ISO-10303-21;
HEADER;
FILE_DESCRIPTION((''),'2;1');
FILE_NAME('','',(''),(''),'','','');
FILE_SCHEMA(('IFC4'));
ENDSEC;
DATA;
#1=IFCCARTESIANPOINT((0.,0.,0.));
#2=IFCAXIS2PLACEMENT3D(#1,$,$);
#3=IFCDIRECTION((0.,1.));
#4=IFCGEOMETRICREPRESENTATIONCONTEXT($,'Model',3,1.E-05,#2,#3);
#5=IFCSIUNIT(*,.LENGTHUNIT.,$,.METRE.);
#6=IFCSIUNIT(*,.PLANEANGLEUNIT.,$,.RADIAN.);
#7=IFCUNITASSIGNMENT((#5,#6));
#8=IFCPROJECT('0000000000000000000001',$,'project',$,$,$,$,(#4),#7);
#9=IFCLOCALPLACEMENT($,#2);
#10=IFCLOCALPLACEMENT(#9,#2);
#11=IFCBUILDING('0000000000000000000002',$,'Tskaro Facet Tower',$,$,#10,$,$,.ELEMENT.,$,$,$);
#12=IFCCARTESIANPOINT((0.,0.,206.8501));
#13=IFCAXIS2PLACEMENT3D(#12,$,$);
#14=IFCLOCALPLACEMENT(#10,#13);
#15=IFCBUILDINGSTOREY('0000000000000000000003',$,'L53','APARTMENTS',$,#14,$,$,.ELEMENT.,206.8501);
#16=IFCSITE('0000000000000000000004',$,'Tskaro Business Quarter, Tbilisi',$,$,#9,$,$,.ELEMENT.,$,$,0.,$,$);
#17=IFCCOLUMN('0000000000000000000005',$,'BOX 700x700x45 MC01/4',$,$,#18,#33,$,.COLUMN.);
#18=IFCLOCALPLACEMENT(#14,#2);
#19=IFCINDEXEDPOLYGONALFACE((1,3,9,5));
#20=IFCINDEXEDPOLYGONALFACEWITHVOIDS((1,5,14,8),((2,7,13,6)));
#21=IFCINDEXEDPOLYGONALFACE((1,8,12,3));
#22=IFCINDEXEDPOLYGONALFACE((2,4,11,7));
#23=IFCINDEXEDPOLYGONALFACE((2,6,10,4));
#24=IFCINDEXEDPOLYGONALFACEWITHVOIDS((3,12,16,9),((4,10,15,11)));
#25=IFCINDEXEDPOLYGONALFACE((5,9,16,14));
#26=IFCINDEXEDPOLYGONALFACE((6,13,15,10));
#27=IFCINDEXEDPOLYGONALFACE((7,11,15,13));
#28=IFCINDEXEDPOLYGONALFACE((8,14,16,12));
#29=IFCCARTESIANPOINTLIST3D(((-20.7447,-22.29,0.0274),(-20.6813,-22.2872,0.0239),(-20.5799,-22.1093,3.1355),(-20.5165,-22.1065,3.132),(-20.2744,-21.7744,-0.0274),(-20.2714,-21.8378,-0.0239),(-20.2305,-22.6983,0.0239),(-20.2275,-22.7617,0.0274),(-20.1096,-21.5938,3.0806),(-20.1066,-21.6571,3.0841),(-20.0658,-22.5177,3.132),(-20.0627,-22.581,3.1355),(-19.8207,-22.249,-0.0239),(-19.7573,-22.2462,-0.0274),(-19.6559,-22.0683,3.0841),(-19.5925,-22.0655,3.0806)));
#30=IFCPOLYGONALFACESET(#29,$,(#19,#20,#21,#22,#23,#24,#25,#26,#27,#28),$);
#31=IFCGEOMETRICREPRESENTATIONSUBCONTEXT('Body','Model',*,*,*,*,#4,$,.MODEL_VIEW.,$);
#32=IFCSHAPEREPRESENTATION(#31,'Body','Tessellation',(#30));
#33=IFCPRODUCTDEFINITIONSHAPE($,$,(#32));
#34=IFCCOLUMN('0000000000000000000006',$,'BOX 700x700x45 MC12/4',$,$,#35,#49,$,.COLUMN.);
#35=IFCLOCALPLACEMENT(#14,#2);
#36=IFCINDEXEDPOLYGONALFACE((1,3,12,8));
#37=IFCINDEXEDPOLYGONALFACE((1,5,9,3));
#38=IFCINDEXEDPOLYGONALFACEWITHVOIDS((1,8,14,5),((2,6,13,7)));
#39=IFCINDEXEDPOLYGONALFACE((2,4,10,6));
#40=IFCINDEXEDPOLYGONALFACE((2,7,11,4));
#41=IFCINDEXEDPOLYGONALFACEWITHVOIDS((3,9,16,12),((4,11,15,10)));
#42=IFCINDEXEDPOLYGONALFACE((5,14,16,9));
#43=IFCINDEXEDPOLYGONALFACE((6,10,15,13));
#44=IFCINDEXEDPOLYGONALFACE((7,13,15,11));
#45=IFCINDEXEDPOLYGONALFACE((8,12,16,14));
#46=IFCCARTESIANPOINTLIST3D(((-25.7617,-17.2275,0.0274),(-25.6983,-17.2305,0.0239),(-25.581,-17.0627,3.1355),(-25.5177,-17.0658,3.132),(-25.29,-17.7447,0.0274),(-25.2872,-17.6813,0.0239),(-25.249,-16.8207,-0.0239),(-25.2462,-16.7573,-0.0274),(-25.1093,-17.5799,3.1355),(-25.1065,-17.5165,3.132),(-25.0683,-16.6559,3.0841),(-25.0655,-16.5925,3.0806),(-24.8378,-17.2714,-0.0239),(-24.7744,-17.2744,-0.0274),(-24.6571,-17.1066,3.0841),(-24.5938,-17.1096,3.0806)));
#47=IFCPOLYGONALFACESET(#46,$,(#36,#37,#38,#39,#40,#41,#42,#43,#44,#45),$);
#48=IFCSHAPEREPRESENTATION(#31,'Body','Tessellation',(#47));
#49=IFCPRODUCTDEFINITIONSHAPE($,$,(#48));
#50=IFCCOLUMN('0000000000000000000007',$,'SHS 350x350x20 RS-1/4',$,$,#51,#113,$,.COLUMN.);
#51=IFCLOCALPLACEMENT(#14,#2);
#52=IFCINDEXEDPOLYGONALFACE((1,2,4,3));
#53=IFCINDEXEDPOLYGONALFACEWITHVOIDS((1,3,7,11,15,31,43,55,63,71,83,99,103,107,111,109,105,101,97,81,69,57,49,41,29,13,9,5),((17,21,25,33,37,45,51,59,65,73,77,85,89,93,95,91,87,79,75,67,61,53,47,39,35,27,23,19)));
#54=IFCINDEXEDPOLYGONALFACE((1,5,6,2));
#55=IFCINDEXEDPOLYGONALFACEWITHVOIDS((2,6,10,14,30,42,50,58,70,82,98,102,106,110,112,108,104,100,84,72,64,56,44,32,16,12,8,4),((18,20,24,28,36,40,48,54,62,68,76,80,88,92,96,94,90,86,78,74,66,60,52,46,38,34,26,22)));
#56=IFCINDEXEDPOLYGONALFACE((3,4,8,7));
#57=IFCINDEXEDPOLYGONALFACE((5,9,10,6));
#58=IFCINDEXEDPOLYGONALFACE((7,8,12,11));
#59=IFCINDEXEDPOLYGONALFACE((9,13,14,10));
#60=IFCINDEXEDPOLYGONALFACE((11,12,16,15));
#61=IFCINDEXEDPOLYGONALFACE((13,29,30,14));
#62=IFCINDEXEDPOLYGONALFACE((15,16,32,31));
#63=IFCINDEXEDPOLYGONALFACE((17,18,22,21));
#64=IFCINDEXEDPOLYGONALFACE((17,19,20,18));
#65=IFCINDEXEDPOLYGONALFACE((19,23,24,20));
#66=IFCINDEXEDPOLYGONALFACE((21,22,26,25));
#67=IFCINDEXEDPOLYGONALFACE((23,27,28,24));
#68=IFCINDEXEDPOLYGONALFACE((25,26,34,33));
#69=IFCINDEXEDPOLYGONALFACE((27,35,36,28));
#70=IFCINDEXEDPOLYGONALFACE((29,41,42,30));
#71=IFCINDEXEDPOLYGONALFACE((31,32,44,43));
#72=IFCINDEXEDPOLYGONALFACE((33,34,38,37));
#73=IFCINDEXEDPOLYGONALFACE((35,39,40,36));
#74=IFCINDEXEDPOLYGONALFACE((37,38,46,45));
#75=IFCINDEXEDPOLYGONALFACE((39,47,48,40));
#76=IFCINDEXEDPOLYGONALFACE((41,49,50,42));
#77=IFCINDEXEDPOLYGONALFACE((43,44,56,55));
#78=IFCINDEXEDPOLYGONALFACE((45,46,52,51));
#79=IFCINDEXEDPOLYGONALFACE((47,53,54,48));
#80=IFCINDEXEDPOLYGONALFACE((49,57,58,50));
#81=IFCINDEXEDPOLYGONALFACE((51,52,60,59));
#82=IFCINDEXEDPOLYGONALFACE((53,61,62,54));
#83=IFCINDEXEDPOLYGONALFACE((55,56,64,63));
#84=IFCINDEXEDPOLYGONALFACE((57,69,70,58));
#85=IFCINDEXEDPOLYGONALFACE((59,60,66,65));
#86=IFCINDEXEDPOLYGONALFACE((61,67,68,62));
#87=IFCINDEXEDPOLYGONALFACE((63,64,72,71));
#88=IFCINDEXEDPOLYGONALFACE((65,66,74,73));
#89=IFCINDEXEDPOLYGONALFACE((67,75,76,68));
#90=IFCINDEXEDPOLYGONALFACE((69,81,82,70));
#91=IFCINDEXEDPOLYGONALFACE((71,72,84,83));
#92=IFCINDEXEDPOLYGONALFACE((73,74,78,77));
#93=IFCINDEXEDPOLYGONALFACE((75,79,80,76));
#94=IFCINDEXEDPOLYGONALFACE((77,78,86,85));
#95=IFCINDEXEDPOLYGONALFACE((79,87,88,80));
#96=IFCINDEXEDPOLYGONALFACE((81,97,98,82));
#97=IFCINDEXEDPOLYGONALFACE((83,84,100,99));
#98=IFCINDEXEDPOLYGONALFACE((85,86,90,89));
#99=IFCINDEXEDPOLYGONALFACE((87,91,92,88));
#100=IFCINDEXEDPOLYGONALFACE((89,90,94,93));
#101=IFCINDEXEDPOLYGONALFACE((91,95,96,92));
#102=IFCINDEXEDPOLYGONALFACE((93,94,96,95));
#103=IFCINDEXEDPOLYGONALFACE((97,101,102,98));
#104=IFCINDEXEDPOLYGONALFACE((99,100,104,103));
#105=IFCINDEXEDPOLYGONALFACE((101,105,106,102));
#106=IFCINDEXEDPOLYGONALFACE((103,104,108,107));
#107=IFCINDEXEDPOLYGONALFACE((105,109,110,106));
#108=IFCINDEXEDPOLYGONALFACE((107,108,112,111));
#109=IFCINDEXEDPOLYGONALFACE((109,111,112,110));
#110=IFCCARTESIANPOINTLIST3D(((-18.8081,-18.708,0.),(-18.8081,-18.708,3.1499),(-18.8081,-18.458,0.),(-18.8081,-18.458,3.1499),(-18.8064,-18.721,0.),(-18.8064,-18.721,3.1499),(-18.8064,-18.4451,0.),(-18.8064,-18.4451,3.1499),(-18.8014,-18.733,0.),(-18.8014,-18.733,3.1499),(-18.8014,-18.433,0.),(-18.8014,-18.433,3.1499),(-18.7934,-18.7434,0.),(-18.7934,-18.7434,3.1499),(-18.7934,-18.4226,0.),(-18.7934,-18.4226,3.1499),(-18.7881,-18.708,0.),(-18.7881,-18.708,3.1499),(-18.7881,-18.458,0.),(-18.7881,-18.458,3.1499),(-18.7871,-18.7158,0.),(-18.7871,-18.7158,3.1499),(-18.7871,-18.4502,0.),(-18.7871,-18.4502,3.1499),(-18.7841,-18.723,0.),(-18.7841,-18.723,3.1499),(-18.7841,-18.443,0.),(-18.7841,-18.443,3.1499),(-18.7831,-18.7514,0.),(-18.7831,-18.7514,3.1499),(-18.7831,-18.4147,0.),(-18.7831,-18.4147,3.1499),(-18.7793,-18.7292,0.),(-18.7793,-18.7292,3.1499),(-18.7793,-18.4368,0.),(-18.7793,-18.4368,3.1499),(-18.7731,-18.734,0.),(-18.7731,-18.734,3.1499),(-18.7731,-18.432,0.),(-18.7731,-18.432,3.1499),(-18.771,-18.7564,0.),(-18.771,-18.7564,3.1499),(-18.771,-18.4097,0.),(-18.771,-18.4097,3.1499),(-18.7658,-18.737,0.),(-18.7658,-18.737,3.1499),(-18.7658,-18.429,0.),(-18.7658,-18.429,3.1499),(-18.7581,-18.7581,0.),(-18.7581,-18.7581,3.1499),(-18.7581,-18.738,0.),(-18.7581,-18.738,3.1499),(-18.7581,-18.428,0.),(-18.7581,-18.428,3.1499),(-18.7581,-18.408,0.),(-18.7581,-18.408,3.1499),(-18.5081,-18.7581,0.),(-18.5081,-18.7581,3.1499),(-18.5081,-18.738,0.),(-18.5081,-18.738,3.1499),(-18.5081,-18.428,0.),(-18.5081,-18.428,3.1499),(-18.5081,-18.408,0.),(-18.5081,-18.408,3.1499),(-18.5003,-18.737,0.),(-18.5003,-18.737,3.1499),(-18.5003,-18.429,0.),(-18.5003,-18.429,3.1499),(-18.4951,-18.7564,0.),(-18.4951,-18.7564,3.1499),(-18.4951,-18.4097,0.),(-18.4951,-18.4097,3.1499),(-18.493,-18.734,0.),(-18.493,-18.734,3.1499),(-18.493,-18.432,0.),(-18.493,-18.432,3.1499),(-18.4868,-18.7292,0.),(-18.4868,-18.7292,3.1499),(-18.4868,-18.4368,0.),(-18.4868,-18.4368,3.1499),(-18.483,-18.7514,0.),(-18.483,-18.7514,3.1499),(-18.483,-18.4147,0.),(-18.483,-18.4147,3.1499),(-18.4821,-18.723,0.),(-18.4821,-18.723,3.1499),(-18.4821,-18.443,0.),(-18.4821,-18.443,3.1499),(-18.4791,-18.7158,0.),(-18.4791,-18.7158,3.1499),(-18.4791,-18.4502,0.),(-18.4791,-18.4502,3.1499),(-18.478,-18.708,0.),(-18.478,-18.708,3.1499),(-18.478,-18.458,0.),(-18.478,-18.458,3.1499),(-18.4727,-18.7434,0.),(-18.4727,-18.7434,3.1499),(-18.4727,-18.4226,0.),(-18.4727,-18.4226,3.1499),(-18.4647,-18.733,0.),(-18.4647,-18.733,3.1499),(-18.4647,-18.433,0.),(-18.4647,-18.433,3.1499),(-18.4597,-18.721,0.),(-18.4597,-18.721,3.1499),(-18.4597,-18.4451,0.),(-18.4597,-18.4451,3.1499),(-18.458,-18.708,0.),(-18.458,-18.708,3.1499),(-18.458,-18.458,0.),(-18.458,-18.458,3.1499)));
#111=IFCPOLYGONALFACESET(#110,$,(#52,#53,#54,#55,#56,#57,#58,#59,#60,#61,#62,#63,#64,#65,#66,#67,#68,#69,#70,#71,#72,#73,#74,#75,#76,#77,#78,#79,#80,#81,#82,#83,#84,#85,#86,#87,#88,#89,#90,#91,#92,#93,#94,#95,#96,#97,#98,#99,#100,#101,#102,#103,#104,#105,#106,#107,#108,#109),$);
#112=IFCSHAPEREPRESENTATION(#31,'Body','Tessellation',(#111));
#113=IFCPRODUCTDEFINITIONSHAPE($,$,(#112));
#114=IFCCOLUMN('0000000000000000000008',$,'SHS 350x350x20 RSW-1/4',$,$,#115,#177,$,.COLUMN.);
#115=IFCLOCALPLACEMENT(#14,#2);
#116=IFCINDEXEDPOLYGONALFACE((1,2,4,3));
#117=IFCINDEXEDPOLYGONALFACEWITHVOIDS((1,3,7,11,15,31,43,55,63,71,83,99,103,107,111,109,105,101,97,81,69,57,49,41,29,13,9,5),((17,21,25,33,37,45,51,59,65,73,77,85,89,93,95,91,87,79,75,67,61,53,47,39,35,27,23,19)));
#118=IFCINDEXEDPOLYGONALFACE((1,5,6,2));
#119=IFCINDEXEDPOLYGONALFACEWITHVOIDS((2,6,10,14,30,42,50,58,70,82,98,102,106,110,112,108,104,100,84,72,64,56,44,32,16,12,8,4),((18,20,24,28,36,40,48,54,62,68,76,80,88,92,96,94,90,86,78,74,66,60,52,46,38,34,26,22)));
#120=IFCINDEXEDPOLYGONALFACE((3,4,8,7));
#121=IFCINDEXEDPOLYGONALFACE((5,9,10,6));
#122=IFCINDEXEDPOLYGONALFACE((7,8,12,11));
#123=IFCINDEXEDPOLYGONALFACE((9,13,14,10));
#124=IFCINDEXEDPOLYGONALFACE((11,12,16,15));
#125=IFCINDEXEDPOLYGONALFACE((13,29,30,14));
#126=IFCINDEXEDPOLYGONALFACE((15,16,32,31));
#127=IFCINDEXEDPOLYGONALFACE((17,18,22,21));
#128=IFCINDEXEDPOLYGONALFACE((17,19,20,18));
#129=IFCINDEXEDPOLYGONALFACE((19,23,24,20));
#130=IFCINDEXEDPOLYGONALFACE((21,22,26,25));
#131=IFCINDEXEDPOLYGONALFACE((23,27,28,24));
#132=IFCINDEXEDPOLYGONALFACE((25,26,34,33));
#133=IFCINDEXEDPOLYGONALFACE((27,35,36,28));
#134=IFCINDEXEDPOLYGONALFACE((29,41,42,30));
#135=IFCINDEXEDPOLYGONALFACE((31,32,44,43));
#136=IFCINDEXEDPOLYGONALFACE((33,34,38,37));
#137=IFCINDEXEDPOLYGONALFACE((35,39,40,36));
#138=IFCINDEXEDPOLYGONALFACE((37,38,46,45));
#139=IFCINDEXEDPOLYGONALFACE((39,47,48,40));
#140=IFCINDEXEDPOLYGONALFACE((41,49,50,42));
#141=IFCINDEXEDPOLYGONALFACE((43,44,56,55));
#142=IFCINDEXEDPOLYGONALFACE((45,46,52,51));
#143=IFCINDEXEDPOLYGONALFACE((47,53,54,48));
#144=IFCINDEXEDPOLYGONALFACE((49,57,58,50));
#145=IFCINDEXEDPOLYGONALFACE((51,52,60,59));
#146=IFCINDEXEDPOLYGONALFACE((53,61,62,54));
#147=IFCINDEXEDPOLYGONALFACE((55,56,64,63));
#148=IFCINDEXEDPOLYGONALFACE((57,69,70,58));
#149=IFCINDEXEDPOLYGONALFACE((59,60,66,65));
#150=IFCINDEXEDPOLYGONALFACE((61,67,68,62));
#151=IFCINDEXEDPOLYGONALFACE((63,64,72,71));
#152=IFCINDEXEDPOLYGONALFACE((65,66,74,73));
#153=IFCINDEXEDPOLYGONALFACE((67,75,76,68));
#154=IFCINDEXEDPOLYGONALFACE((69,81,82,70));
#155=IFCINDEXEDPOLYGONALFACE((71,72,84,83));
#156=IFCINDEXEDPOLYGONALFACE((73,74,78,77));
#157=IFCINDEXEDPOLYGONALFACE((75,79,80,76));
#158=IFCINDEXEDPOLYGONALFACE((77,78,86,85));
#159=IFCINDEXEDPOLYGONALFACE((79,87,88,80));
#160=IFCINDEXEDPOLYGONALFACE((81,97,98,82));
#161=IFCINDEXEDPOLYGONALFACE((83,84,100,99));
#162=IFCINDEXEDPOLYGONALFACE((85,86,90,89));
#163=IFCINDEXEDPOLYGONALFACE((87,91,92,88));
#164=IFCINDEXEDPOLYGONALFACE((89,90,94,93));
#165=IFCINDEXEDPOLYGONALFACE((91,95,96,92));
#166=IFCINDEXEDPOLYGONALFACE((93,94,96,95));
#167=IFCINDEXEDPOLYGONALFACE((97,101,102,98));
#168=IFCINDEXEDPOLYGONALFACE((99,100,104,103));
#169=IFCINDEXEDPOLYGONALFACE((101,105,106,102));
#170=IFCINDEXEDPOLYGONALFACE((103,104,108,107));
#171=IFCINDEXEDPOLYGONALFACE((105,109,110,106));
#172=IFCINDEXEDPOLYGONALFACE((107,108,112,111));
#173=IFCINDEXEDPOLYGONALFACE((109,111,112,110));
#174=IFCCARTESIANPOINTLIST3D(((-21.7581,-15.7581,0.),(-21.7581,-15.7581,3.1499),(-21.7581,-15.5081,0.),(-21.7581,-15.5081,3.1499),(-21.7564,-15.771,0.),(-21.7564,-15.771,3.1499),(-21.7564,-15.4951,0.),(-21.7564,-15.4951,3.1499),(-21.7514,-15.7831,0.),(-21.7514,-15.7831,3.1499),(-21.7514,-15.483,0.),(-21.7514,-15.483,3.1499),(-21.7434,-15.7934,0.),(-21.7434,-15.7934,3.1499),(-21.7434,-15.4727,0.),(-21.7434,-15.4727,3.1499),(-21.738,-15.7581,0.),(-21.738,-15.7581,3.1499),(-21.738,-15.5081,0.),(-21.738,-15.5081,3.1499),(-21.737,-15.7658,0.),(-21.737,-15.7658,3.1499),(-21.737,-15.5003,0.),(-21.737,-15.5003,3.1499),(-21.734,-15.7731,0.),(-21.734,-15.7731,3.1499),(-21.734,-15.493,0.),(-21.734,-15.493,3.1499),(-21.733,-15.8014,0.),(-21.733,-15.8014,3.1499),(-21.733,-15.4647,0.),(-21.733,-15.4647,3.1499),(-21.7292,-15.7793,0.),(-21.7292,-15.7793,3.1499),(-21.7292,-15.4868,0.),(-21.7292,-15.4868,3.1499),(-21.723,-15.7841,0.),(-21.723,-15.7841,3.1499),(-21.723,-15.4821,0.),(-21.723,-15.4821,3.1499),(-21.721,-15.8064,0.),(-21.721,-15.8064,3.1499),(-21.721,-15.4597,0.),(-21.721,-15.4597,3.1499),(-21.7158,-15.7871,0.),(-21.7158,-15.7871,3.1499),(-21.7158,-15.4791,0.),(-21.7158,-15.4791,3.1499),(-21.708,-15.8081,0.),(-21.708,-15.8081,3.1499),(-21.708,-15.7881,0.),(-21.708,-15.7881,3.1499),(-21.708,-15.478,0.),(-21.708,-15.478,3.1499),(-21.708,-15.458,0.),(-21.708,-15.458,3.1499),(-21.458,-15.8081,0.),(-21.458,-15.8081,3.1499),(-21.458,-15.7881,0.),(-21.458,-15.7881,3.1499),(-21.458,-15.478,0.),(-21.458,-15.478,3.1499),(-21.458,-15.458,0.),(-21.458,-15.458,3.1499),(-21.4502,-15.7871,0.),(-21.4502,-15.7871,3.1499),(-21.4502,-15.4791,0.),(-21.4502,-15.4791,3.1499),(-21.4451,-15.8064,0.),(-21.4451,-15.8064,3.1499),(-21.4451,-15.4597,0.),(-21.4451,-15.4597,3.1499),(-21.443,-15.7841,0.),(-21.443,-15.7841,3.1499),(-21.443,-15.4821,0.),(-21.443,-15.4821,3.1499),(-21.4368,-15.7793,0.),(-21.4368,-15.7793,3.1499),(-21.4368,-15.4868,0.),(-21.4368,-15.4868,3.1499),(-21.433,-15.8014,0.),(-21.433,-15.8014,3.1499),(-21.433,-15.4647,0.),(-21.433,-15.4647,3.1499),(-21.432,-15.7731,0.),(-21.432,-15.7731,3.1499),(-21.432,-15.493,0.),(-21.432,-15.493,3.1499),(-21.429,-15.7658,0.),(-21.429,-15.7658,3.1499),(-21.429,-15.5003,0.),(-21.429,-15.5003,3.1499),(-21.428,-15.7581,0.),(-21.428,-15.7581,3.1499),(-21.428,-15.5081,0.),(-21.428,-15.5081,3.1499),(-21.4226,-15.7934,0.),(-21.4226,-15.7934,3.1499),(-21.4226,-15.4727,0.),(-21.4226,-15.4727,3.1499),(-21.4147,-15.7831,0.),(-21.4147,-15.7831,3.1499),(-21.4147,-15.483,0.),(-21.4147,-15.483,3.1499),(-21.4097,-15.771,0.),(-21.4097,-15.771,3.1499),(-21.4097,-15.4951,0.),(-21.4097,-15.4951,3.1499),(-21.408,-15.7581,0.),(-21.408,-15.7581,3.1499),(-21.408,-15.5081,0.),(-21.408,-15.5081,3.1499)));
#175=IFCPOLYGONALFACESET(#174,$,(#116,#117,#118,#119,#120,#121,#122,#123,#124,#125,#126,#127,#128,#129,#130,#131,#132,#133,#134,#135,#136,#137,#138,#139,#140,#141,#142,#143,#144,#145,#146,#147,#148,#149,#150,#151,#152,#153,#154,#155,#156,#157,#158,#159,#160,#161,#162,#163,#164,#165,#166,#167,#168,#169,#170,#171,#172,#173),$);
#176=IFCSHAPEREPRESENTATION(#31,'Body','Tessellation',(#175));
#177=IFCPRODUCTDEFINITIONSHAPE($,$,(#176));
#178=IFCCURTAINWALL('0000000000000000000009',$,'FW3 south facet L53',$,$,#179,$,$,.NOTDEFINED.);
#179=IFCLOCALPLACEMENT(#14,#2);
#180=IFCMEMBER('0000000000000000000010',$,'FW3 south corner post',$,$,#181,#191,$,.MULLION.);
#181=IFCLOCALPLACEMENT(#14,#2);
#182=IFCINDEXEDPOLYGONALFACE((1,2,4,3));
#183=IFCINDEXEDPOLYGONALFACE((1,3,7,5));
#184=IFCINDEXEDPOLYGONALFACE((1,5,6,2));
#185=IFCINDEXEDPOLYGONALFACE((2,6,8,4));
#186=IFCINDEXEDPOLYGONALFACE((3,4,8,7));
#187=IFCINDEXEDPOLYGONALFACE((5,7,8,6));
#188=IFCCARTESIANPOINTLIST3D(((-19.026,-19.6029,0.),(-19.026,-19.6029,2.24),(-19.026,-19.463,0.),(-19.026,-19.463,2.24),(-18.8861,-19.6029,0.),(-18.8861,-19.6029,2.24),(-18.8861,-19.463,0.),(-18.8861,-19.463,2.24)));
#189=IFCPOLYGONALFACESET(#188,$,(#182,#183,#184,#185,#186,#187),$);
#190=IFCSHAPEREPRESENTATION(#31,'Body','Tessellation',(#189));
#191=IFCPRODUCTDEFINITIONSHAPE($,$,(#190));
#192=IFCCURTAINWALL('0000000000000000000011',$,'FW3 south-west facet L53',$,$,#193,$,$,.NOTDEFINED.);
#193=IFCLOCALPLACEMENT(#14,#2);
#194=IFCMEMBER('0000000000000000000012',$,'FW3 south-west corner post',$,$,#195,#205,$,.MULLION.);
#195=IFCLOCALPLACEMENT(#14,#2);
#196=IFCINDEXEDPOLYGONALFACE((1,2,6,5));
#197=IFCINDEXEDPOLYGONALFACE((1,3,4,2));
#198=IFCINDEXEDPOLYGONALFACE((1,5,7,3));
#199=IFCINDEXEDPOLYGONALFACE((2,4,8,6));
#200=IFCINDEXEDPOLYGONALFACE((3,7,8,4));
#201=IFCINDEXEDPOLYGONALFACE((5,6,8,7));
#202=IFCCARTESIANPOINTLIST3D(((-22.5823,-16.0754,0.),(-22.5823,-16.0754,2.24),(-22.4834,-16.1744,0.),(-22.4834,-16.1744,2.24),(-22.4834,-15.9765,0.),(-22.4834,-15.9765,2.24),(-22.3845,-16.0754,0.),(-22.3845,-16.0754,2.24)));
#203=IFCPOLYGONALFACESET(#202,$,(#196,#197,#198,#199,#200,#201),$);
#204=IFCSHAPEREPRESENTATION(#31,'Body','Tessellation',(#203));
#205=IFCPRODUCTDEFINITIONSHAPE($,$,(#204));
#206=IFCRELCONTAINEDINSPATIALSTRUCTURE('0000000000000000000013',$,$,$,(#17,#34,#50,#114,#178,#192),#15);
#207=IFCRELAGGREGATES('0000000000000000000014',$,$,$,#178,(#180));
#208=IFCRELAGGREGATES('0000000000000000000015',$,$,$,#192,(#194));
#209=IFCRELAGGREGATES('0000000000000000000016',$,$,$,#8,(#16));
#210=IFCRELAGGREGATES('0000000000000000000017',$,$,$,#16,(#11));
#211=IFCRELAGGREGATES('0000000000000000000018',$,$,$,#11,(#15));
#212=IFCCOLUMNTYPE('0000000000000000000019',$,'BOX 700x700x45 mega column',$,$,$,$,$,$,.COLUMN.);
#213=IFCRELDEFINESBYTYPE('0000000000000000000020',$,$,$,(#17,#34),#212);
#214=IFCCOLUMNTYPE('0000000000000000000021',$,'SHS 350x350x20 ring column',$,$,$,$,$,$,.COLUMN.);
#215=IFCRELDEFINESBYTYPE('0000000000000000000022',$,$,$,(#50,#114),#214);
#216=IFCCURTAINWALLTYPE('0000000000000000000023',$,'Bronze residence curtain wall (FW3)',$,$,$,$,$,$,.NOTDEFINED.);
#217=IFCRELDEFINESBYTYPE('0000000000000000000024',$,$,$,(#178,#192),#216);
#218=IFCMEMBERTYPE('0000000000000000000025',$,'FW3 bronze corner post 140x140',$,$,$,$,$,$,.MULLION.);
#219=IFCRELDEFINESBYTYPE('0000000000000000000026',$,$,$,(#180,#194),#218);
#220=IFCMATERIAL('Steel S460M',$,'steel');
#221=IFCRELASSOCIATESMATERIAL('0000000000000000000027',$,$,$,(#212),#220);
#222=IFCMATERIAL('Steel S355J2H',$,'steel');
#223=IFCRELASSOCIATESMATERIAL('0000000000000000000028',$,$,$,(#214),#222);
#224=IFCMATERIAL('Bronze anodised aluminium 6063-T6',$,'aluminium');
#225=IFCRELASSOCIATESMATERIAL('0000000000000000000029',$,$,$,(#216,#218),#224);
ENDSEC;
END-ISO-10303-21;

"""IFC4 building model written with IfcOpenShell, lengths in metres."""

from ifc_helpers import new_model, si_unit, direction, frame, origin, origin_2d, place, context, subcontext, project, spatial, rectangle, hollow_rectangle, extrude, material, material_profile, profile_set, type_object, element, aggregate, save


model = new_model("IFC4")

# Units and contexts
model_context = context("Model", 3, precision=1e-05, world=origin(), true_north=direction((0.0, 1.0)))
body_context = subcontext(model_context, "Body", "Model", "MODEL_VIEW")
ifc_project = project(units=[si_unit("LENGTHUNIT", "METRE"), si_unit("PLANEANGLEUNIT", "RADIAN")], contexts=[model_context])

# Site, building, storey
site_placement = place(None, origin())
site = spatial("IfcSite", under=ifc_project, at=site_placement, Name="Tskaro Business Quarter, Tbilisi", CompositionType="ELEMENT", RefElevation=0.0)
building_placement = place(site_placement, origin())
building = spatial("IfcBuilding", under=site, at=building_placement, Name="Tskaro Facet Tower", CompositionType="ELEMENT")
storey_placement = place(building_placement, frame((0.0, 0.0, 206.8501)))
storey = spatial("IfcBuildingStorey", under=building, at=storey_placement, Name="L53", Description="APARTMENTS", CompositionType="ELEMENT", Elevation=206.8501)

# Columns
ifc_material_1 = material(Name="Steel S460M", Category="steel")
ifc_material_profile_1 = material_profile(ifc_material_1, hollow_rectangle(XDim=0.7, YDim=0.7, WallThickness=0.0449, at=origin_2d()), Name="BOX 700x700x45")
ifc_profile_set_1 = profile_set([ifc_material_profile_1], Name="Steel S460M")
column_type_1 = type_object("IfcColumnType", Name="BOX 700x700x45 mega column", PredefinedType="COLUMN", material=ifc_profile_set_1)
for number, where, z_axis, x_axis, name in (
    (1, (-20.251, -22.2681, 0.0), (0.052857, 0.057947, 0.996919), (-0.73881, 0.673914, 0.0), "BOX 700x700x45 MC01/4"),
    (2, (-25.2681, -17.251, 0.0), (0.057947, 0.052857, 0.996919), (-0.673914, 0.73881, 0.0), "BOX 700x700x45 MC12/4"),
):
    element("IfcColumn", number, at=place(storey_placement, frame(where, z_axis=z_axis, x_axis=x_axis)), inside=storey, type_object=column_type_1, Name=name, PredefinedType="COLUMN", context=body_context, shape_type="SweptSolid", body=[
        extrude(hollow_rectangle(XDim=0.7, YDim=0.7, WallThickness=0.0449, at=origin_2d()), origin(), (0.0, 0.0, 1.0), 3.1177),
    ])
ifc_material_2 = material(Name="Steel S355J2H", Category="steel")
ifc_material_profile_2 = material_profile(ifc_material_2, hollow_rectangle(XDim=0.3501, YDim=0.3501, WallThickness=0.02, InnerFilletRadius=0.03, OuterFilletRadius=0.05, at=origin_2d()), Name="SHS 350x350x20")
ifc_profile_set_2 = profile_set([ifc_material_profile_2], Name="Steel S355J2H")
column_type_2 = type_object("IfcColumnType", Name="SHS 350x350x20 ring column", PredefinedType="COLUMN", material=ifc_profile_set_2)
for number, where, z_axis, x_axis, name in (
    (3, (-18.6331, -18.583, 0.0), (0.0, 0.0, 1.0), (1.0, 0.0, 0.0), "SHS 350x350x20 RS-1/4"),
    (4, (-21.583, -15.6331, 0.0), (0.0, 0.0, 1.0), (1.0, 0.0, 0.0), "SHS 350x350x20 RSW-1/4"),
):
    element("IfcColumn", number, at=place(storey_placement, frame(where, z_axis=z_axis, x_axis=x_axis)), inside=storey, type_object=column_type_2, Name=name, PredefinedType="COLUMN", context=body_context, shape_type="SweptSolid", body=[
        extrude(hollow_rectangle(XDim=0.3501, YDim=0.3501, WallThickness=0.02, InnerFilletRadius=0.03, OuterFilletRadius=0.05, at=origin_2d()), origin(), (0.0, 0.0, 1.0), 3.1499),
    ])

# Curtain walls, members
ifc_material_3 = material(Name="Bronze anodised aluminium 6063-T6", Category="aluminium")
curtain_wall_type = type_object("IfcCurtainWallType", Name="Bronze residence curtain wall (FW3)", PredefinedType="NOTDEFINED", material=ifc_material_3)
curtain_wall_1_placement = place(storey_placement, origin())
curtain_wall_1 = element("IfcCurtainWall", 5, at=curtain_wall_1_placement, inside=storey, type_object=curtain_wall_type, Name="FW3 south facet L53", PredefinedType="NOTDEFINED")
ifc_material_profile_3 = material_profile(ifc_material_3, rectangle(XDim=0.1399, YDim=0.1399, at=origin_2d()), Name="Corner post 140x140")
ifc_profile_set_3 = profile_set([ifc_material_profile_3], Name="Bronze anodised aluminium 6063-T6")
member_type_1 = type_object("IfcMemberType", Name="FW3 bronze corner post 140x140", PredefinedType="MULLION", material=ifc_profile_set_3)
member_1_placement = place(storey_placement, frame((-18.9561, -19.533, 0.0), z_axis=(0.0, 0.0, 1.0), x_axis=(1.0, 0.0, 0.0)))
member_1 = element("IfcMember", 6, at=member_1_placement, type_object=member_type_1, Name="FW3 south corner post", PredefinedType="MULLION", context=body_context, shape_type="SweptSolid", body=[
    extrude(rectangle(XDim=0.1399, YDim=0.1399, at=origin_2d()), origin(), (0.0, 0.0, 1.0), 2.24),
])
curtain_wall_2_placement = place(storey_placement, origin())
curtain_wall_2 = element("IfcCurtainWall", 7, at=curtain_wall_2_placement, inside=storey, type_object=curtain_wall_type, Name="FW3 south-west facet L53", PredefinedType="NOTDEFINED")
member_2_placement = place(storey_placement, frame((-22.4834, -16.0754, 0.0), z_axis=(0.0, 0.0, 1.0), x_axis=(0.707107, -0.707107, 0.0)))
member_2 = element("IfcMember", 8, at=member_2_placement, type_object=member_type_1, Name="FW3 south-west corner post", PredefinedType="MULLION", context=body_context, shape_type="SweptSolid", body=[
    extrude(rectangle(XDim=0.1399, YDim=0.1399, at=origin_2d()), origin(), (0.0, 0.0, 1.0), 2.24),
])

aggregate(curtain_wall_1, [member_1])

aggregate(curtain_wall_2, [member_2])

save(model, "model.ifc")
